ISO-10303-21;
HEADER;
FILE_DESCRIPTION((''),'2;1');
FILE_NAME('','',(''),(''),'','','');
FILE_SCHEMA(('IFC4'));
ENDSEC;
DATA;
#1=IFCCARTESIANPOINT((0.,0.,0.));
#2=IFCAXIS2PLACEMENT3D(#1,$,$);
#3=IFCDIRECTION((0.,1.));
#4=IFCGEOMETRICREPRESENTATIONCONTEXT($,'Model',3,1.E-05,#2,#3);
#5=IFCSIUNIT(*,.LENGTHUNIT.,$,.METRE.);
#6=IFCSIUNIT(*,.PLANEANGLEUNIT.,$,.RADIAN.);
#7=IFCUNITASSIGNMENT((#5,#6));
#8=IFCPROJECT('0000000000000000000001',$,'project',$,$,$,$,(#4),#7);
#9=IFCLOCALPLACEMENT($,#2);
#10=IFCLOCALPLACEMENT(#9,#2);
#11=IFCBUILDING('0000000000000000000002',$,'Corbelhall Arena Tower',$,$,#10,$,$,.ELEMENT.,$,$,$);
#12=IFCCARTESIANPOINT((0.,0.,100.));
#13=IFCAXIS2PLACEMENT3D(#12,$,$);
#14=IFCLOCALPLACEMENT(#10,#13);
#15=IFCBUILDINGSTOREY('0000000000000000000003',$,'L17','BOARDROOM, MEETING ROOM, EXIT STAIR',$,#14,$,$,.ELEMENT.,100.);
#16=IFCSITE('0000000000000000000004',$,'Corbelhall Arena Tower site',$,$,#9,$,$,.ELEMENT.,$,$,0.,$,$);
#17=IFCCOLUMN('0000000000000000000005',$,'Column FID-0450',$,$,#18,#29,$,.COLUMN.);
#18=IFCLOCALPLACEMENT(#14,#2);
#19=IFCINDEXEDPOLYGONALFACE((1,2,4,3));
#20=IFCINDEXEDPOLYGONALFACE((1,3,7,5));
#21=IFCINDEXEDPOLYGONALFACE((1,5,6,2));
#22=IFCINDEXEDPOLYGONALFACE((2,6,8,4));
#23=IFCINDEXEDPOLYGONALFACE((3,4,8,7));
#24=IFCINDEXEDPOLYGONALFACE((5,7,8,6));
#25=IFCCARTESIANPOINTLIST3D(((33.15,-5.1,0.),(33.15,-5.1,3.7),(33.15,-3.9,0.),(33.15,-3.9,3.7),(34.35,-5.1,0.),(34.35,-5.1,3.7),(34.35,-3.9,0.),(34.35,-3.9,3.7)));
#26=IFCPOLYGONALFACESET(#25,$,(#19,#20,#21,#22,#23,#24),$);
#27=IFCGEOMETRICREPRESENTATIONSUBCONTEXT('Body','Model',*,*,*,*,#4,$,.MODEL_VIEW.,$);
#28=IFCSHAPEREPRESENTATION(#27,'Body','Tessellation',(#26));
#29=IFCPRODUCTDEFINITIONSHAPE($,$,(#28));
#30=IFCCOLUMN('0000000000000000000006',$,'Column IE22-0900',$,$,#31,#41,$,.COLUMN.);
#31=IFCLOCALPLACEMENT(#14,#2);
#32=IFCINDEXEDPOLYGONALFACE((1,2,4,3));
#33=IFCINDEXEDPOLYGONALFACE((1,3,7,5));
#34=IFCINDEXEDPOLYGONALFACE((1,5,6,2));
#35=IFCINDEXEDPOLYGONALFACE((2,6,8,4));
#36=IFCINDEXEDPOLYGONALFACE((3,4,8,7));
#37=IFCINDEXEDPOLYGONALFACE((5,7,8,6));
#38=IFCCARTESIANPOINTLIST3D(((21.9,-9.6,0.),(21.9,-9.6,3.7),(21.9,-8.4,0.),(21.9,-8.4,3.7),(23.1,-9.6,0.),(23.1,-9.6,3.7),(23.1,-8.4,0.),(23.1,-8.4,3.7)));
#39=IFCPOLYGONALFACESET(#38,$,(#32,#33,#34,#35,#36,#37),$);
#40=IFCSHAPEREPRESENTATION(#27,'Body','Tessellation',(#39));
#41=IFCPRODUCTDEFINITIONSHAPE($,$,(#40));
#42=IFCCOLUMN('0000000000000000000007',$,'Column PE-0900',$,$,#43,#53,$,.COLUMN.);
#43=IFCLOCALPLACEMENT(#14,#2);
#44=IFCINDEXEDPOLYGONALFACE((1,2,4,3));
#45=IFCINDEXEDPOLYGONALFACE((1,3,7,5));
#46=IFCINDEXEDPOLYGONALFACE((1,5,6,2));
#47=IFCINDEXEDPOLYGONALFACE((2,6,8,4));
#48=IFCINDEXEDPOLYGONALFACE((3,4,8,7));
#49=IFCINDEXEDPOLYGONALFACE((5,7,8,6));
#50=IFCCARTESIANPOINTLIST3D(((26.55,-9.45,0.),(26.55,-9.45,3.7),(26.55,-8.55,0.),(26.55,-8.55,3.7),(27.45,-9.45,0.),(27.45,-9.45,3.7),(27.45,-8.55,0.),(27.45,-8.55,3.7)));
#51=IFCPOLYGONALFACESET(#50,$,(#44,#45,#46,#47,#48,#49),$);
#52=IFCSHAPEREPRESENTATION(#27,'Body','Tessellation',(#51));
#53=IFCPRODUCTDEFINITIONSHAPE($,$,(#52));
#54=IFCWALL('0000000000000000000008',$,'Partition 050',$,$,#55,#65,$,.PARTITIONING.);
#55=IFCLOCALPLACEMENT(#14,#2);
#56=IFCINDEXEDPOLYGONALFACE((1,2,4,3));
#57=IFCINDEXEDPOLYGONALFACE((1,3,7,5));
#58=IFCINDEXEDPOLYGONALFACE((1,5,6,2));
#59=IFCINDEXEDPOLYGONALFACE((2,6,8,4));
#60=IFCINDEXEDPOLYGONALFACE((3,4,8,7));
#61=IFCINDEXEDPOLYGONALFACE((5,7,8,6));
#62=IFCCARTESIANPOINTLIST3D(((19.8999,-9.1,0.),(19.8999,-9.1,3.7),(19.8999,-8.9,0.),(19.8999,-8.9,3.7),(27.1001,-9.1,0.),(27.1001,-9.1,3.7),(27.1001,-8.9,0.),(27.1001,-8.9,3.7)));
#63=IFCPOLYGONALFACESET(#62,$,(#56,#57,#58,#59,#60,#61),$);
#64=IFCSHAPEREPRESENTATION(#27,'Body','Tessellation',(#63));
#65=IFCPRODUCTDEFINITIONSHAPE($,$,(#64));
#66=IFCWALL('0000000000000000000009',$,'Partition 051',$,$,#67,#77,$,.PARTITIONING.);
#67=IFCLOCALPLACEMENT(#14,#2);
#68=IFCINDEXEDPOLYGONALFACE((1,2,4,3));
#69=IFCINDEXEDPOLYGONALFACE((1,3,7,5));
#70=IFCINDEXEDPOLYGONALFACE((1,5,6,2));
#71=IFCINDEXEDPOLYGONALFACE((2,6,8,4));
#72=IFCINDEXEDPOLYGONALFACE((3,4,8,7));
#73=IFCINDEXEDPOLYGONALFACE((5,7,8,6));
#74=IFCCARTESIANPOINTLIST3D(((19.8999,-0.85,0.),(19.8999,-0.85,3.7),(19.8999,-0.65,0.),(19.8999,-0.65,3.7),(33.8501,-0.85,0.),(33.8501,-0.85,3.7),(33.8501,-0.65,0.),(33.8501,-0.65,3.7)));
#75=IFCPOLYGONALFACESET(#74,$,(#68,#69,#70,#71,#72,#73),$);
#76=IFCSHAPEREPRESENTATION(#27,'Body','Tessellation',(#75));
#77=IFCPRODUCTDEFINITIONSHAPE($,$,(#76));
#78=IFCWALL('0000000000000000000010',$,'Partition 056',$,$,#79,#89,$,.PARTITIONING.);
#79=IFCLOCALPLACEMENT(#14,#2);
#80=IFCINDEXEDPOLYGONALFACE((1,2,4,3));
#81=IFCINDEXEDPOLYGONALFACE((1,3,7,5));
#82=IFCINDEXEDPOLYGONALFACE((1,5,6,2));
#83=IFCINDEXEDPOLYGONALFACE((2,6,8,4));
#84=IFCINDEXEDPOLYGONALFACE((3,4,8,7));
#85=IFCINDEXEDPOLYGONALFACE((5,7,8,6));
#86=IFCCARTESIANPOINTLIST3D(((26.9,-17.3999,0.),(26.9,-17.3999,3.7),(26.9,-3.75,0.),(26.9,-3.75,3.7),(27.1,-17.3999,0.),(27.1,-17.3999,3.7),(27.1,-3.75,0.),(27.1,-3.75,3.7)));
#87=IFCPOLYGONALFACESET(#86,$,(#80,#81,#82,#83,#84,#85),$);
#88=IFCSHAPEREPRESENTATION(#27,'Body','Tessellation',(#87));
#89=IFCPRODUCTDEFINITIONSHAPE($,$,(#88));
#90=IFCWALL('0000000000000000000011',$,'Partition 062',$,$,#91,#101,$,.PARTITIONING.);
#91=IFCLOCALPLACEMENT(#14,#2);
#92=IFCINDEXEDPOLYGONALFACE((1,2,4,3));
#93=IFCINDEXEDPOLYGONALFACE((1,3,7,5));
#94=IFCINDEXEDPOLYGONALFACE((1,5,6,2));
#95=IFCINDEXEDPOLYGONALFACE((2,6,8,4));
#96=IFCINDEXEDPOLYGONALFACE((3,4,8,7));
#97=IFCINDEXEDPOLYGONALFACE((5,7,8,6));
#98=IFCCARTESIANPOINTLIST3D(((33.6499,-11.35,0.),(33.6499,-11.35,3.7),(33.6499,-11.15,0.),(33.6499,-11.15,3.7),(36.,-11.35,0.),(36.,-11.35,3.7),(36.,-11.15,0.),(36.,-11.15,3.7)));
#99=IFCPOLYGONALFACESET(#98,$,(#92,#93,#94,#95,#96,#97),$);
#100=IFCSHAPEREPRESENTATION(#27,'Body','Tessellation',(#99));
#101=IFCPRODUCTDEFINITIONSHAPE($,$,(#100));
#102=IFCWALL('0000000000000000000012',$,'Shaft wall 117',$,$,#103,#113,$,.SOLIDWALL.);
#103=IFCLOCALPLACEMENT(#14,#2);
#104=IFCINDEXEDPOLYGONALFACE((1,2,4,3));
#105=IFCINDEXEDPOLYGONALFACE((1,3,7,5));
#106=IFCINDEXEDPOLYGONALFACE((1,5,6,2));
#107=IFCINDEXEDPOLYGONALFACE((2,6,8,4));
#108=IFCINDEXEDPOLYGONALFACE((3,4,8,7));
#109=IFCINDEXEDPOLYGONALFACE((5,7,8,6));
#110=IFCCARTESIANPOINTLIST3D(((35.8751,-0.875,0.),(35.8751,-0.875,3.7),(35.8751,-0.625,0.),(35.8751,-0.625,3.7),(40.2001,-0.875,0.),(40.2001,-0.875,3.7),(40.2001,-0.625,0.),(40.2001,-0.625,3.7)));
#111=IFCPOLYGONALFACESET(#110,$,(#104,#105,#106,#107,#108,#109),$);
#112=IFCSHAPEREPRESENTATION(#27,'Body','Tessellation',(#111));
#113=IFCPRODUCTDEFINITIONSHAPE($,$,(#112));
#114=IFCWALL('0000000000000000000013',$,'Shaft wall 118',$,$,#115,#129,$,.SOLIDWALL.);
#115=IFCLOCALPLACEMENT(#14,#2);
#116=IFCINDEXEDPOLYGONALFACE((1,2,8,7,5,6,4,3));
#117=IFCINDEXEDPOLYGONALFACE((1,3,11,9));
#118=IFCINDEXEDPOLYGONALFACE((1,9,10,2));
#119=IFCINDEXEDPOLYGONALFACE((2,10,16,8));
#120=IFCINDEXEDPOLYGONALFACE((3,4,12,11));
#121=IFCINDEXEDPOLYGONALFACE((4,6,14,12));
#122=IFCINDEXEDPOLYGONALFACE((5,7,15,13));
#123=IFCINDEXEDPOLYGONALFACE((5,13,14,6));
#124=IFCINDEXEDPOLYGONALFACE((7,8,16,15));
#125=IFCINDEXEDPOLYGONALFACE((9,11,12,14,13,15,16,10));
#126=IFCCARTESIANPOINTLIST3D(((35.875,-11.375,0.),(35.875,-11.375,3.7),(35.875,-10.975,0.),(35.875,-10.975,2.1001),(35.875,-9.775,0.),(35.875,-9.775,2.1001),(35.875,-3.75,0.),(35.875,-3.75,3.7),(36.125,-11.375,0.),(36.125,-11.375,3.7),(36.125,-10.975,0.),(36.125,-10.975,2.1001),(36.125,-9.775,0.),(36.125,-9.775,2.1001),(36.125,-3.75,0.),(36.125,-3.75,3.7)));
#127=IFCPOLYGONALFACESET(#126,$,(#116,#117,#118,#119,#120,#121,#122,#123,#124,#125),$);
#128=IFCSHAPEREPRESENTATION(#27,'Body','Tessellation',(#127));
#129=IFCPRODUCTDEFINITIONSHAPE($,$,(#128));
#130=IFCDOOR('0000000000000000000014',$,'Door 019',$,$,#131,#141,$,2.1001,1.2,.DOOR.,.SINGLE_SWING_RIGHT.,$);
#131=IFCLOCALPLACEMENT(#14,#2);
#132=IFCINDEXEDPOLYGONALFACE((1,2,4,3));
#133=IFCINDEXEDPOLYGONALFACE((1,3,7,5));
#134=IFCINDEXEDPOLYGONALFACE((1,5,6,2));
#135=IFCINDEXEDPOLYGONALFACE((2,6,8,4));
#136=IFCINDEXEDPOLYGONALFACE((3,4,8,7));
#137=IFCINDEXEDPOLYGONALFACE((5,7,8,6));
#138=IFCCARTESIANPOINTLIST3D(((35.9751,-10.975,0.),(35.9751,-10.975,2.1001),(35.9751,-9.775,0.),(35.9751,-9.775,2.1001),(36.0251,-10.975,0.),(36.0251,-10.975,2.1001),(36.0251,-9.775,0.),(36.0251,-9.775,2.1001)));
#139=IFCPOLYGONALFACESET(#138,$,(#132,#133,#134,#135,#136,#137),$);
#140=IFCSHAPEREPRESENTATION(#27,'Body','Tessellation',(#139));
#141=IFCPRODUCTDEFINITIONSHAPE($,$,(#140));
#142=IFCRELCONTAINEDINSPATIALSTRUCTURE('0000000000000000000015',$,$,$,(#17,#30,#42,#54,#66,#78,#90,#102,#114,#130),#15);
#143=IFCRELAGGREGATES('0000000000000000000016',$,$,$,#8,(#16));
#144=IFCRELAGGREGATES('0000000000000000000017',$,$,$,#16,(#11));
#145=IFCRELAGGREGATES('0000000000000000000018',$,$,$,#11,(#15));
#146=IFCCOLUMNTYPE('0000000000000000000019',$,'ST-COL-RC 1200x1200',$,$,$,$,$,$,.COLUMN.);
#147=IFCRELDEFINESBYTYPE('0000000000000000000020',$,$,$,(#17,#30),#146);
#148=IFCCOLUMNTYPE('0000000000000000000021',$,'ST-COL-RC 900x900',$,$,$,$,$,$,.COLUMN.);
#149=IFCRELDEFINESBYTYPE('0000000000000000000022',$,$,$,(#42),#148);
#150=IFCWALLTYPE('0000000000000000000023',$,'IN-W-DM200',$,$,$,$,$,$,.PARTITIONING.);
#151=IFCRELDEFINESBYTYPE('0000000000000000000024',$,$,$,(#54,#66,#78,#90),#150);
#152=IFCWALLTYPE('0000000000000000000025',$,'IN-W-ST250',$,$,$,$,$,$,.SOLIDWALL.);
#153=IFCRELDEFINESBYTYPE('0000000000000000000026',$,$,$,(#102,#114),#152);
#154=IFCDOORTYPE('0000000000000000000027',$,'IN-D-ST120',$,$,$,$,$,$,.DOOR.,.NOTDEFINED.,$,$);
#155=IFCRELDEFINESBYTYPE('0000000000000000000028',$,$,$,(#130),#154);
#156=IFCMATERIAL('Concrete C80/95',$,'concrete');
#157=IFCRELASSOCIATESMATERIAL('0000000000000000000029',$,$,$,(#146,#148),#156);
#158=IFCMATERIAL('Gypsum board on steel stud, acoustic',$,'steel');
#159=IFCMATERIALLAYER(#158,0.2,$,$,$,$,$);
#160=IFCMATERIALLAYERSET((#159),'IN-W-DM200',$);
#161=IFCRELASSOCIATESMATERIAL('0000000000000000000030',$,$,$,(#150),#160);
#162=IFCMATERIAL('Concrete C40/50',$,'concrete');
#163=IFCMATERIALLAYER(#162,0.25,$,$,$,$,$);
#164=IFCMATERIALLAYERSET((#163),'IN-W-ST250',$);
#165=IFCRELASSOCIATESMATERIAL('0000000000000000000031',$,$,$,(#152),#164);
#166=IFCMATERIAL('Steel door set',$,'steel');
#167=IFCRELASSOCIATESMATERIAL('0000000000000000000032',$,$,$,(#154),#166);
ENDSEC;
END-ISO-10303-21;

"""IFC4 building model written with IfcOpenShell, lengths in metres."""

from ifc_helpers import new_model, si_unit, direction, frame, frame_2d, origin, origin_2d, place, context, subcontext, project, spatial, rectangle, extrude, material, layer, layer_set, material_profile, profile_set, type_object, element, fill, save


model = new_model("IFC4")

# Units and contexts
model_context = context("Model", 3, precision=1e-05, world=origin(), true_north=direction((0.0, 1.0)))
body_context = subcontext(model_context, "Body", "Model", "MODEL_VIEW")
ifc_project = project(units=[si_unit("LENGTHUNIT", "METRE"), si_unit("PLANEANGLEUNIT", "RADIAN")], contexts=[model_context])

# Site, building, storey
site_placement = place(None, origin())
site = spatial("IfcSite", under=ifc_project, at=site_placement, Name="Corbelhall Arena Tower site", CompositionType="ELEMENT", RefElevation=0.0)
building_placement = place(site_placement, origin())
building = spatial("IfcBuilding", under=site, at=building_placement, Name="Corbelhall Arena Tower", CompositionType="ELEMENT")
storey_placement = place(building_placement, frame((0.0, 0.0, 100.0)))
storey = spatial("IfcBuildingStorey", under=building, at=storey_placement, Name="L17", Description="BOARDROOM, MEETING ROOM, EXIT STAIR", CompositionType="ELEMENT", Elevation=100.0)

# Columns
ifc_material_1 = material(Name="Concrete C80/95", Category="concrete")
ifc_material_profile_1 = material_profile(ifc_material_1, rectangle(XDim=1.2, YDim=1.2, at=origin_2d()))
ifc_profile_set_1 = profile_set([ifc_material_profile_1], Name="Concrete C80/95")
column_type_1 = type_object("IfcColumnType", Name="ST-COL-RC 1200x1200", PredefinedType="COLUMN", material=ifc_profile_set_1)
for number, where, z_axis, x_axis, name in (
    (1, (33.75, -4.5, 0.0), (0.0, 0.0, 1.0), (1.0, 0.0, 0.0), "Column FID-0450"),
    (2, (22.5, -9.0, 0.0), (0.0, 0.0, 1.0), (1.0, 0.0, 0.0), "Column IE22-0900"),
):
    element("IfcColumn", number, at=place(storey_placement, frame(where, z_axis=z_axis, x_axis=x_axis)), inside=storey, type_object=column_type_1, Name=name, PredefinedType="COLUMN", context=body_context, shape_type="SweptSolid", body=[
        extrude(rectangle(XDim=1.2, YDim=1.2, at=origin_2d()), origin(), (0.0, 0.0, 1.0), 3.7),
    ])
ifc_material_profile_2 = material_profile(ifc_material_1, rectangle(XDim=0.8999, YDim=0.8999, at=origin_2d()))
ifc_profile_set_2 = profile_set([ifc_material_profile_2], Name="Concrete C80/95")
column_type_2 = type_object("IfcColumnType", Name="ST-COL-RC 900x900", PredefinedType="COLUMN", material=ifc_profile_set_2)
column_placement = place(storey_placement, frame((27.0, -9.0, 0.0), z_axis=(0.0, 0.0, 1.0), x_axis=(1.0, 0.0, 0.0)))
element("IfcColumn", 3, at=column_placement, inside=storey, type_object=column_type_2, Name="Column PE-0900", PredefinedType="COLUMN", context=body_context, shape_type="SweptSolid", body=[
    extrude(rectangle(XDim=0.8999, YDim=0.8999, at=origin_2d()), origin(), (0.0, 0.0, 1.0), 3.7),
])

# Shared definitions
ifc_material_2 = material(Name="Gypsum board on steel stud, acoustic", Category="steel")
ifc_layer_1 = layer(ifc_material_2, 0.2)
ifc_layer_set_1 = layer_set([ifc_layer_1], Name="IN-W-DM200")
wall_type_1 = type_object("IfcWallType", Name="IN-W-DM200", PredefinedType="PARTITIONING", material=ifc_layer_set_1)
ifc_material_3 = material(Name="Steel door set", Category="steel")

# Walls
wall_1_placement = place(storey_placement, frame((19.8999, -9.0, 0.0), z_axis=(0.0, 0.0, 1.0), x_axis=(1.0, 0.0, 0.0)))
element("IfcWall", 4, at=wall_1_placement, inside=storey, type_object=wall_type_1, Name="Partition 050", PredefinedType="PARTITIONING", context=body_context, shape_type="SweptSolid", body=[
    extrude(rectangle(XDim=7.2002, YDim=0.2, at=frame_2d((3.6001, 0.0))), origin(), (0.0, 0.0, 1.0), 3.7),
])
wall_2_placement = place(storey_placement, frame((19.8999, -0.75, 0.0), z_axis=(0.0, 0.0, 1.0), x_axis=(1.0, 0.0, 0.0)))
element("IfcWall", 5, at=wall_2_placement, inside=storey, type_object=wall_type_1, Name="Partition 051", PredefinedType="PARTITIONING", context=body_context, shape_type="SweptSolid", body=[
    extrude(rectangle(XDim=13.9502, YDim=0.2, at=frame_2d((6.9751, 0.0))), origin(), (0.0, 0.0, 1.0), 3.7),
])
wall_3_placement = place(storey_placement, frame((27.0, -3.75, 0.0), z_axis=(0.0, 0.0, 1.0), x_axis=(0.0, -1.0, 0.0)))
element("IfcWall", 6, at=wall_3_placement, inside=storey, type_object=wall_type_1, Name="Partition 056", PredefinedType="PARTITIONING", context=body_context, shape_type="SweptSolid", body=[
    extrude(rectangle(XDim=13.6499, YDim=0.2, at=frame_2d((6.825, 0.0))), origin(), (0.0, 0.0, 1.0), 3.7),
])

# Walls
wall_4_placement = place(storey_placement, frame((36.0, -11.25, 0.0), z_axis=(0.0, 0.0, 1.0), x_axis=(-1.0, 0.0, 0.0)))
element("IfcWall", 7, at=wall_4_placement, inside=storey, type_object=wall_type_1, Name="Partition 062", PredefinedType="PARTITIONING", context=body_context, shape_type="SweptSolid", body=[
    extrude(rectangle(XDim=2.3501, YDim=0.2, at=frame_2d((1.175, 0.0))), origin(), (0.0, 0.0, 1.0), 3.7),
])
ifc_material_4 = material(Name="Concrete C40/50", Category="concrete")
ifc_layer_2 = layer(ifc_material_4, 0.25)
ifc_layer_set_2 = layer_set([ifc_layer_2], Name="IN-W-ST250")
wall_type_2 = type_object("IfcWallType", Name="IN-W-ST250", PredefinedType="SOLIDWALL", material=ifc_layer_set_2)
wall_5_placement = place(storey_placement, frame((35.875, -0.75, 0.0), z_axis=(0.0, 0.0, 1.0), x_axis=(1.0, 0.0, 0.0)))
element("IfcWall", 8, at=wall_5_placement, inside=storey, type_object=wall_type_2, Name="Shaft wall 117", PredefinedType="SOLIDWALL", context=body_context, shape_type="SweptSolid", body=[
    extrude(rectangle(XDim=4.325, YDim=0.25, at=frame_2d((2.1626, 0.0))), origin(), (0.0, 0.0, 1.0), 3.7),
])

# Wall, opening, door
wall_6_placement = place(storey_placement, frame((36.0, -11.375, 0.0), z_axis=(0.0, 0.0, 1.0), x_axis=(0.0, 1.0, 0.0)))
wall_6 = element("IfcWall", 9, at=wall_6_placement, inside=storey, type_object=wall_type_2, Name="Shaft wall 118", PredefinedType="SOLIDWALL", context=body_context, shape_type="SweptSolid", body=[
    extrude(rectangle(XDim=7.625, YDim=0.25, at=frame_2d((3.8125, 0.0))), origin(), (0.0, 0.0, 1.0), 3.7),
])
opening_1_placement = place(wall_6_placement, frame((0.3999, 0.0, 0.0)))
opening_1 = element("IfcOpeningElement", 10, at=opening_1_placement, cuts=wall_6, PredefinedType="OPENING", context=body_context, shape_type="SweptSolid", body=[
    extrude(rectangle(XDim=1.2, YDim=2.1001, at=frame_2d((0.6001, 1.05))), frame((0.0, 0.125, 0.0), z_axis=(0.0, -1.0, 0.0), x_axis=(1.0, 0.0, 0.0)), (0.0, 0.0, 1.0), 0.25),
])
door_type_1 = type_object("IfcDoorType", Name="IN-D-ST120", OperationType="NOTDEFINED", PredefinedType="DOOR", material=ifc_material_3)
door_1_placement = place(opening_1_placement, origin())
door_1 = element("IfcDoor", 11, at=door_1_placement, inside=storey, type_object=door_type_1, Name="Door 019", OperationType="SINGLE_SWING_RIGHT", OverallHeight=2.1001, OverallWidth=1.2, PredefinedType="DOOR", context=body_context, shape_type="SweptSolid", body=[
    extrude(rectangle(XDim=1.2, YDim=2.1001, at=frame_2d((0.6001, 1.05))), frame((0.0, 0.0249, 0.0), z_axis=(0.0, -1.0, 0.0), x_axis=(1.0, 0.0, 0.0)), (0.0, 0.0, 1.0), 0.05),
])
fill(opening_1, door_1)

save(model, "model.ifc")
